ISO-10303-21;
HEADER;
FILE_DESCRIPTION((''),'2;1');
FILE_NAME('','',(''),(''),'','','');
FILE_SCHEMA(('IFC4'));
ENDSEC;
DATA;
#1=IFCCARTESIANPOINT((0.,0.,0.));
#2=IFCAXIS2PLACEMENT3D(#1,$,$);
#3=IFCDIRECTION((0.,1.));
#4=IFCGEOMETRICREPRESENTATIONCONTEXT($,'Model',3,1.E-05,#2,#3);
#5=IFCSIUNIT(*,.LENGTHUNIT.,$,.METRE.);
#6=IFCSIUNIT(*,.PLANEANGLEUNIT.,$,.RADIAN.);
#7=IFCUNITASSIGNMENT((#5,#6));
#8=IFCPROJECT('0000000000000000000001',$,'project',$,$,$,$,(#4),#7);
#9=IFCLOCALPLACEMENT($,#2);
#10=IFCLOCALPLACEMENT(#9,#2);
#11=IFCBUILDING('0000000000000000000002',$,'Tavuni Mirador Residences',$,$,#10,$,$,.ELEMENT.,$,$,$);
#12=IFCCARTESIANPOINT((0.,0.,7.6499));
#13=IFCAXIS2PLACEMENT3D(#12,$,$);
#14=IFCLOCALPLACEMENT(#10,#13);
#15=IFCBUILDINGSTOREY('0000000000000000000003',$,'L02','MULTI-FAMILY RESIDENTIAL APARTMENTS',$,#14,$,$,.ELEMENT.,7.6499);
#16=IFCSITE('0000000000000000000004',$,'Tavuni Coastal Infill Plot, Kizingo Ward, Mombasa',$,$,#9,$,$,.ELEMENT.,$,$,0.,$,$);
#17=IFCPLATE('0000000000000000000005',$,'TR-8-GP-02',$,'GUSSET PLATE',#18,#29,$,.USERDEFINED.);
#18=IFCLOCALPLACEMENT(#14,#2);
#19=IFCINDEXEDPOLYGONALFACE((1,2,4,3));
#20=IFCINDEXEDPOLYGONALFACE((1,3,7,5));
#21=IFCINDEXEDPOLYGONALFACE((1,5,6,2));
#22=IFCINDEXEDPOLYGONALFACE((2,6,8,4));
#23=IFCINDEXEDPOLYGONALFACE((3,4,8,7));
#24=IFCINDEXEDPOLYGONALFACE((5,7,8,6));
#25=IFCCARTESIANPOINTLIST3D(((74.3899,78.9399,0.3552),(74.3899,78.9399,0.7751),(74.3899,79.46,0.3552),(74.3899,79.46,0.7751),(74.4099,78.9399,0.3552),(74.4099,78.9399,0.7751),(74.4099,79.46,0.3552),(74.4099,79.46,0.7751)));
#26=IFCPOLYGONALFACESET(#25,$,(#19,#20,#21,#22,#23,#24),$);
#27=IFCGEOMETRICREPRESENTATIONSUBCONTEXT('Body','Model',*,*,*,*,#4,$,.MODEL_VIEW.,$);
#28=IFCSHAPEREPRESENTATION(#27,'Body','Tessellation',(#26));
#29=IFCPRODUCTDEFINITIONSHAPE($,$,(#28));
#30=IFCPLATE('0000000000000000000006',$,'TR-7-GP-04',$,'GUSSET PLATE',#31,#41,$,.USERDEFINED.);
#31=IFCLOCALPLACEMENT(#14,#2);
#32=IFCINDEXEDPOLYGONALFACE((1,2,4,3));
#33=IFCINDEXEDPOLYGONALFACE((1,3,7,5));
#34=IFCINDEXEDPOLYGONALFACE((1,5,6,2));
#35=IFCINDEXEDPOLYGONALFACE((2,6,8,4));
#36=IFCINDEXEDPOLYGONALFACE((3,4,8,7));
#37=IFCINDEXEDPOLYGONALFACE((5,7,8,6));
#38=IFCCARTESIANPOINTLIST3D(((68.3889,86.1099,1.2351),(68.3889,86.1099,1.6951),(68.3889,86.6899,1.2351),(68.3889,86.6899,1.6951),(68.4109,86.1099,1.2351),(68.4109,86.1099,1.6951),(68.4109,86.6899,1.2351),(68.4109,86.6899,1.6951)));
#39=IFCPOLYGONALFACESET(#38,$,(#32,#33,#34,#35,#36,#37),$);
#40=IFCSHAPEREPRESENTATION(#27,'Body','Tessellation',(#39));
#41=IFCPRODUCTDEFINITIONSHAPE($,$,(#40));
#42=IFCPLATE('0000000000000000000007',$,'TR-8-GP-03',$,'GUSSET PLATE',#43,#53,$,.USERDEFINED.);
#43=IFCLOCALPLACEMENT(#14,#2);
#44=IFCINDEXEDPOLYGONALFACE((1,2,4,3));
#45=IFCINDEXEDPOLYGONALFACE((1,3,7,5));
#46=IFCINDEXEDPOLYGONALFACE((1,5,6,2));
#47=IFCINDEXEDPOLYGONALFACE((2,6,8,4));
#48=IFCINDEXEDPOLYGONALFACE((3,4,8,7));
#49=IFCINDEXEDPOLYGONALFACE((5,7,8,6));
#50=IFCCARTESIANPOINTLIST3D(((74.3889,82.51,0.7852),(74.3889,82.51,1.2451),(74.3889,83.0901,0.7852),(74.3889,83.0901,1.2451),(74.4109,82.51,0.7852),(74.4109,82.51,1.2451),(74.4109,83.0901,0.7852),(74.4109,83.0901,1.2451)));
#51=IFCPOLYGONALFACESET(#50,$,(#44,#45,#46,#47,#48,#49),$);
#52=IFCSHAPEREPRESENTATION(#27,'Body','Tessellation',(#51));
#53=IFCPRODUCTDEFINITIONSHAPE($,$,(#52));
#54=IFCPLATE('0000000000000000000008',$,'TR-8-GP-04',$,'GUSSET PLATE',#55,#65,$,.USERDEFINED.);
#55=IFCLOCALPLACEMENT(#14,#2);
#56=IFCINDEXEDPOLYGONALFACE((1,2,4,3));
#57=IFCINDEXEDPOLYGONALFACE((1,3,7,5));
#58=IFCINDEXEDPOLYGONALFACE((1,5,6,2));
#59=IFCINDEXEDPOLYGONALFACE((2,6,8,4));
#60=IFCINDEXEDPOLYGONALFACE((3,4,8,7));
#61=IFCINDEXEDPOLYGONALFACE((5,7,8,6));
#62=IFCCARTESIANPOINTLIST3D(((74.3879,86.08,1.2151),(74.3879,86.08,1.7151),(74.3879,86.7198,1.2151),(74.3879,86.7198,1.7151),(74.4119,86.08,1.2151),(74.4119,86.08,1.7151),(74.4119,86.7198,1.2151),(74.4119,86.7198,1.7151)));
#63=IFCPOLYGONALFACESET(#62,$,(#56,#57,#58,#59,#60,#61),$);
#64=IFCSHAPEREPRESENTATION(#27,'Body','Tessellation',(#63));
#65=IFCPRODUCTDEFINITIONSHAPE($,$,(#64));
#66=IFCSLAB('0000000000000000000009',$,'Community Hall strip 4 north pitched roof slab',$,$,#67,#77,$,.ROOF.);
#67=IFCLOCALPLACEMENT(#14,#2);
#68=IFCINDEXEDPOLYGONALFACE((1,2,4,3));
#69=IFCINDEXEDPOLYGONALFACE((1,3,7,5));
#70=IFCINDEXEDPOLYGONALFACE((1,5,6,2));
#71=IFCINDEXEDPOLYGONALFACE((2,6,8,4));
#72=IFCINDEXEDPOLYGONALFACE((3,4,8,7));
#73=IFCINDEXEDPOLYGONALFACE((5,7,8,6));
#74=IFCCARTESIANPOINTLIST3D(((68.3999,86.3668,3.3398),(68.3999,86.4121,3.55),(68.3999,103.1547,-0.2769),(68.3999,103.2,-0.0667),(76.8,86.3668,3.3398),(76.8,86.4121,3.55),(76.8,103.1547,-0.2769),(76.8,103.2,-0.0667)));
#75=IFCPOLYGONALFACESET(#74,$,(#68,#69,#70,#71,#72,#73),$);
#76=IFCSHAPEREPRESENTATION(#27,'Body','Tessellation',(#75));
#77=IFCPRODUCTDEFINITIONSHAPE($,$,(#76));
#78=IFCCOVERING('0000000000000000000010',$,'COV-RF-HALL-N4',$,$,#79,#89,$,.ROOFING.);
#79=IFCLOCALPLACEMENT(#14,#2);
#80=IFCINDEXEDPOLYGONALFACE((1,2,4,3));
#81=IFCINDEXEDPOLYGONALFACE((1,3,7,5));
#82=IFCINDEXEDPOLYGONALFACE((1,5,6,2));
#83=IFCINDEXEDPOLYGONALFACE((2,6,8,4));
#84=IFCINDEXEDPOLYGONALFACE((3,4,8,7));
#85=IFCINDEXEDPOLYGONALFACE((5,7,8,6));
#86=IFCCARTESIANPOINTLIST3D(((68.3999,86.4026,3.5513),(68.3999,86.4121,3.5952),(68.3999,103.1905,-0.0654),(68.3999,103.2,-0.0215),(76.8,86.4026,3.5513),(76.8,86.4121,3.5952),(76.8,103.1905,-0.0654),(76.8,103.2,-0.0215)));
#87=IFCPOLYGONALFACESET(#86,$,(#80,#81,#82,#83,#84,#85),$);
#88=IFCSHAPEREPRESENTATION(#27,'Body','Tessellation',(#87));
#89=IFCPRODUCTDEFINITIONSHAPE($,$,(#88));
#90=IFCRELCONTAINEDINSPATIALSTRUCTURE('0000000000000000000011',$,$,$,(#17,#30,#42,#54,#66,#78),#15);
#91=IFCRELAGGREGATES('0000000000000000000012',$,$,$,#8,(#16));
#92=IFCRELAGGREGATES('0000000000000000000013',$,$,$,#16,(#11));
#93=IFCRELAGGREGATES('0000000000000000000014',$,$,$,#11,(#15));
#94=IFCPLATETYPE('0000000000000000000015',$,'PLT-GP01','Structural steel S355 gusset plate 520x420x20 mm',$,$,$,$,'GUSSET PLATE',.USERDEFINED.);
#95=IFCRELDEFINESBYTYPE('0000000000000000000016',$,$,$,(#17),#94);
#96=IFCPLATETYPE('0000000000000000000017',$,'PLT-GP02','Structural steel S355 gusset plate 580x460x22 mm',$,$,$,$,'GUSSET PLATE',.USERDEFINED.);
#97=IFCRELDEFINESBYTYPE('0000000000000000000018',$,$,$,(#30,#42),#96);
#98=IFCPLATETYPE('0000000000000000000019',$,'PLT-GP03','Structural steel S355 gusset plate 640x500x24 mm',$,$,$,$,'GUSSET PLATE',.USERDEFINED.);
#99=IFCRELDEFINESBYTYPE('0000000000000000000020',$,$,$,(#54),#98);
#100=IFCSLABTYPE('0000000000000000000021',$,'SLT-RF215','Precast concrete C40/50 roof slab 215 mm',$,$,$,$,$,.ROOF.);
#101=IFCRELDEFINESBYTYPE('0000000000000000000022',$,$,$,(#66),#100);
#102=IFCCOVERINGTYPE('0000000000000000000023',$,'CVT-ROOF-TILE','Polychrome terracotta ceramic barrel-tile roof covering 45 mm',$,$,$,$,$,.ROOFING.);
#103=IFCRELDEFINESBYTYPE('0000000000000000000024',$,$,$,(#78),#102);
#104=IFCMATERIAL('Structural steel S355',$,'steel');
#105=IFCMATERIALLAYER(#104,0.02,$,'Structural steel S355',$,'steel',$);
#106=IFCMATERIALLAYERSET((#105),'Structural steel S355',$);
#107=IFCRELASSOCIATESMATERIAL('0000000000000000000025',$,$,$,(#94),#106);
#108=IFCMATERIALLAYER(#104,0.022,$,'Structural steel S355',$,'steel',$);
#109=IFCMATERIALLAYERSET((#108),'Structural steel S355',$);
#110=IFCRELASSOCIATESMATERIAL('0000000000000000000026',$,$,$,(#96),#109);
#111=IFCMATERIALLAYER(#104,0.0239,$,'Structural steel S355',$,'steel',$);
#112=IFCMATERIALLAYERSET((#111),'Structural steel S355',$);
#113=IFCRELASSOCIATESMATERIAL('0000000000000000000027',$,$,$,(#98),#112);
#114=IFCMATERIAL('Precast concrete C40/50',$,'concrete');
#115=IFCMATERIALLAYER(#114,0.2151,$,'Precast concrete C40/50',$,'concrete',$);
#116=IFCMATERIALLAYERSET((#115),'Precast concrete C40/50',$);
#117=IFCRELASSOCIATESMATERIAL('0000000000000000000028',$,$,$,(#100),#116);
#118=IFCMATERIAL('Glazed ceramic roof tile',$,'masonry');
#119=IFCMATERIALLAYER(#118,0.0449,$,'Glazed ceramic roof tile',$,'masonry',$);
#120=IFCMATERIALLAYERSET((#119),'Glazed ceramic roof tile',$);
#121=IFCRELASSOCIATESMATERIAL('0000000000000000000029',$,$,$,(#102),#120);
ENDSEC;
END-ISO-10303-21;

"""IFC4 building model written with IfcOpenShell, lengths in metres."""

from ifc_helpers import new_model, si_unit, direction, frame, origin, origin_2d, place, context, subcontext, project, spatial, polyline, rectangle, outline, extrude, material, layer, layer_set, type_object, element, save


model = new_model("IFC4")

# Units and contexts
model_context = context("Model", 3, precision=1e-05, world=origin(), true_north=direction((0.0, 1.0)))
body_context = subcontext(model_context, "Body", "Model", "MODEL_VIEW")
ifc_project = project(units=[si_unit("LENGTHUNIT", "METRE"), si_unit("PLANEANGLEUNIT", "RADIAN")], contexts=[model_context])

# Site, building, storey
site_placement = place(None, origin())
site = spatial("IfcSite", under=ifc_project, at=site_placement, Name="Tavuni Coastal Infill Plot, Kizingo Ward, Mombasa", CompositionType="ELEMENT", RefElevation=0.0)
building_placement = place(site_placement, origin())
building = spatial("IfcBuilding", under=site, at=building_placement, Name="Tavuni Mirador Residences", CompositionType="ELEMENT")
storey_placement = place(building_placement, frame((0.0, 0.0, 7.6499)))
storey = spatial("IfcBuildingStorey", under=building, at=storey_placement, Name="L02", Description="MULTI-FAMILY RESIDENTIAL APARTMENTS", CompositionType="ELEMENT", Elevation=7.6499)

# Shared definitions
ifc_material_1 = material(Name="Structural steel S355", Category="steel")

# Plates
ifc_layer_1 = layer(ifc_material_1, 0.02, Name="Structural steel S355", Category="steel")
ifc_layer_set_1 = layer_set([ifc_layer_1], Name="Structural steel S355")
plate_type_1 = type_object("IfcPlateType", Name="PLT-GP01", Description="Structural steel S355 gusset plate 520x420x20 mm", ElementType="GUSSET PLATE", PredefinedType="USERDEFINED", material=ifc_layer_set_1)
for number, where, z_axis, x_axis, name in (
    (1, (74.3999, 79.2, 0.3552), (0.0, 0.0, 1.0), (0.0, 1.0, 0.0), "TR-8-GP-02"),
):
    element("IfcPlate", number, at=place(storey_placement, frame(where, z_axis=z_axis, x_axis=x_axis)), inside=storey, type_object=plate_type_1, Name=name, ObjectType="GUSSET PLATE", PredefinedType="USERDEFINED", context=body_context, shape_type="SweptSolid", body=[
        extrude(rectangle(XDim=0.52, YDim=0.02, at=origin_2d()), origin(), (0.0, 0.0, 1.0), 0.4199),
    ])
ifc_layer_2 = layer(ifc_material_1, 0.022, Name="Structural steel S355", Category="steel")
ifc_layer_set_2 = layer_set([ifc_layer_2], Name="Structural steel S355")
plate_type_2 = type_object("IfcPlateType", Name="PLT-GP02", Description="Structural steel S355 gusset plate 580x460x22 mm", ElementType="GUSSET PLATE", PredefinedType="USERDEFINED", material=ifc_layer_set_2)
for number, where, z_axis, x_axis, name in (
    (2, (68.3999, 86.3999, 1.2351), (0.0, 0.0, 1.0), (0.0, 1.0, 0.0), "TR-7-GP-04"),
    (3, (74.3999, 82.8, 0.7852), (0.0, 0.0, 1.0), (0.0, 1.0, 0.0), "TR-8-GP-03"),
):
    element("IfcPlate", number, at=place(storey_placement, frame(where, z_axis=z_axis, x_axis=x_axis)), inside=storey, type_object=plate_type_2, Name=name, ObjectType="GUSSET PLATE", PredefinedType="USERDEFINED", context=body_context, shape_type="SweptSolid", body=[
        extrude(rectangle(XDim=0.5801, YDim=0.022, at=origin_2d()), origin(), (0.0, 0.0, 1.0), 0.46),
    ])
ifc_layer_3 = layer(ifc_material_1, 0.0239, Name="Structural steel S355", Category="steel")
ifc_layer_set_3 = layer_set([ifc_layer_3], Name="Structural steel S355")
plate_type_3 = type_object("IfcPlateType", Name="PLT-GP03", Description="Structural steel S355 gusset plate 640x500x24 mm", ElementType="GUSSET PLATE", PredefinedType="USERDEFINED", material=ifc_layer_set_3)
plate_1_placement = place(storey_placement, frame((74.3999, 86.3999, 1.2151), z_axis=(0.0, 0.0, 1.0), x_axis=(0.0, 1.0, 0.0)))
element("IfcPlate", 4, at=plate_1_placement, inside=storey, type_object=plate_type_3, Name="TR-8-GP-04", ObjectType="GUSSET PLATE", PredefinedType="USERDEFINED", context=body_context, shape_type="SweptSolid", body=[
    extrude(rectangle(XDim=0.6399, YDim=0.0239, at=origin_2d()), origin(), (0.0, 0.0, 1.0), 0.5),
])

# Slab
ifc_material_2 = material(Name="Precast concrete C40/50", Category="concrete")
ifc_layer_4 = layer(ifc_material_2, 0.2151, Name="Precast concrete C40/50", Category="concrete")
ifc_layer_set_4 = layer_set([ifc_layer_4], Name="Precast concrete C40/50")
slab_type = type_object("IfcSlabType", Name="SLT-RF215", Description="Precast concrete C40/50 roof slab 215 mm", PredefinedType="ROOF", material=ifc_layer_set_4)
slab_placement = place(storey_placement, frame((68.3999, 86.4121, 3.55), z_axis=(0.0, 0.210604, 0.977572), x_axis=(1.0, 0.0, 0.0)))
element("IfcSlab", 5, at=slab_placement, inside=storey, type_object=slab_type, Name="Community Hall strip 4 north pitched roof slab", PredefinedType="ROOF", context=body_context, shape_type="SweptSolid", body=[
    extrude(outline(polyline([(0.0, 0.0), (8.4001, 0.0), (8.4001, 17.173), (0.0, 17.173), (0.0, 0.0)])), origin(), (0.0, 0.0, -1.0), 0.2151),
])

# Covering
ifc_material_3 = material(Name="Glazed ceramic roof tile", Category="masonry")
ifc_layer_5 = layer(ifc_material_3, 0.0449, Name="Glazed ceramic roof tile", Category="masonry")
ifc_layer_set_5 = layer_set([ifc_layer_5], Name="Glazed ceramic roof tile")
covering_type = type_object("IfcCoveringType", Name="CVT-ROOF-TILE", Description="Polychrome terracotta ceramic barrel-tile roof covering 45 mm", PredefinedType="ROOFING", material=ifc_layer_set_5)
covering_placement = place(storey_placement, frame((68.3999, 86.4121, 3.5952), z_axis=(0.0, 0.210604, 0.977572), x_axis=(1.0, 0.0, 0.0)))
element("IfcCovering", 6, at=covering_placement, inside=storey, type_object=covering_type, Name="COV-RF-HALL-N4", PredefinedType="ROOFING", context=body_context, shape_type="SweptSolid", body=[
    extrude(outline(polyline([(0.0, 0.0), (8.4001, 0.0), (8.4001, 17.173), (0.0, 17.173), (0.0, 0.0)])), origin(), (0.0, 0.0, -1.0), 0.0449),
])

save(model, "model.ifc")
